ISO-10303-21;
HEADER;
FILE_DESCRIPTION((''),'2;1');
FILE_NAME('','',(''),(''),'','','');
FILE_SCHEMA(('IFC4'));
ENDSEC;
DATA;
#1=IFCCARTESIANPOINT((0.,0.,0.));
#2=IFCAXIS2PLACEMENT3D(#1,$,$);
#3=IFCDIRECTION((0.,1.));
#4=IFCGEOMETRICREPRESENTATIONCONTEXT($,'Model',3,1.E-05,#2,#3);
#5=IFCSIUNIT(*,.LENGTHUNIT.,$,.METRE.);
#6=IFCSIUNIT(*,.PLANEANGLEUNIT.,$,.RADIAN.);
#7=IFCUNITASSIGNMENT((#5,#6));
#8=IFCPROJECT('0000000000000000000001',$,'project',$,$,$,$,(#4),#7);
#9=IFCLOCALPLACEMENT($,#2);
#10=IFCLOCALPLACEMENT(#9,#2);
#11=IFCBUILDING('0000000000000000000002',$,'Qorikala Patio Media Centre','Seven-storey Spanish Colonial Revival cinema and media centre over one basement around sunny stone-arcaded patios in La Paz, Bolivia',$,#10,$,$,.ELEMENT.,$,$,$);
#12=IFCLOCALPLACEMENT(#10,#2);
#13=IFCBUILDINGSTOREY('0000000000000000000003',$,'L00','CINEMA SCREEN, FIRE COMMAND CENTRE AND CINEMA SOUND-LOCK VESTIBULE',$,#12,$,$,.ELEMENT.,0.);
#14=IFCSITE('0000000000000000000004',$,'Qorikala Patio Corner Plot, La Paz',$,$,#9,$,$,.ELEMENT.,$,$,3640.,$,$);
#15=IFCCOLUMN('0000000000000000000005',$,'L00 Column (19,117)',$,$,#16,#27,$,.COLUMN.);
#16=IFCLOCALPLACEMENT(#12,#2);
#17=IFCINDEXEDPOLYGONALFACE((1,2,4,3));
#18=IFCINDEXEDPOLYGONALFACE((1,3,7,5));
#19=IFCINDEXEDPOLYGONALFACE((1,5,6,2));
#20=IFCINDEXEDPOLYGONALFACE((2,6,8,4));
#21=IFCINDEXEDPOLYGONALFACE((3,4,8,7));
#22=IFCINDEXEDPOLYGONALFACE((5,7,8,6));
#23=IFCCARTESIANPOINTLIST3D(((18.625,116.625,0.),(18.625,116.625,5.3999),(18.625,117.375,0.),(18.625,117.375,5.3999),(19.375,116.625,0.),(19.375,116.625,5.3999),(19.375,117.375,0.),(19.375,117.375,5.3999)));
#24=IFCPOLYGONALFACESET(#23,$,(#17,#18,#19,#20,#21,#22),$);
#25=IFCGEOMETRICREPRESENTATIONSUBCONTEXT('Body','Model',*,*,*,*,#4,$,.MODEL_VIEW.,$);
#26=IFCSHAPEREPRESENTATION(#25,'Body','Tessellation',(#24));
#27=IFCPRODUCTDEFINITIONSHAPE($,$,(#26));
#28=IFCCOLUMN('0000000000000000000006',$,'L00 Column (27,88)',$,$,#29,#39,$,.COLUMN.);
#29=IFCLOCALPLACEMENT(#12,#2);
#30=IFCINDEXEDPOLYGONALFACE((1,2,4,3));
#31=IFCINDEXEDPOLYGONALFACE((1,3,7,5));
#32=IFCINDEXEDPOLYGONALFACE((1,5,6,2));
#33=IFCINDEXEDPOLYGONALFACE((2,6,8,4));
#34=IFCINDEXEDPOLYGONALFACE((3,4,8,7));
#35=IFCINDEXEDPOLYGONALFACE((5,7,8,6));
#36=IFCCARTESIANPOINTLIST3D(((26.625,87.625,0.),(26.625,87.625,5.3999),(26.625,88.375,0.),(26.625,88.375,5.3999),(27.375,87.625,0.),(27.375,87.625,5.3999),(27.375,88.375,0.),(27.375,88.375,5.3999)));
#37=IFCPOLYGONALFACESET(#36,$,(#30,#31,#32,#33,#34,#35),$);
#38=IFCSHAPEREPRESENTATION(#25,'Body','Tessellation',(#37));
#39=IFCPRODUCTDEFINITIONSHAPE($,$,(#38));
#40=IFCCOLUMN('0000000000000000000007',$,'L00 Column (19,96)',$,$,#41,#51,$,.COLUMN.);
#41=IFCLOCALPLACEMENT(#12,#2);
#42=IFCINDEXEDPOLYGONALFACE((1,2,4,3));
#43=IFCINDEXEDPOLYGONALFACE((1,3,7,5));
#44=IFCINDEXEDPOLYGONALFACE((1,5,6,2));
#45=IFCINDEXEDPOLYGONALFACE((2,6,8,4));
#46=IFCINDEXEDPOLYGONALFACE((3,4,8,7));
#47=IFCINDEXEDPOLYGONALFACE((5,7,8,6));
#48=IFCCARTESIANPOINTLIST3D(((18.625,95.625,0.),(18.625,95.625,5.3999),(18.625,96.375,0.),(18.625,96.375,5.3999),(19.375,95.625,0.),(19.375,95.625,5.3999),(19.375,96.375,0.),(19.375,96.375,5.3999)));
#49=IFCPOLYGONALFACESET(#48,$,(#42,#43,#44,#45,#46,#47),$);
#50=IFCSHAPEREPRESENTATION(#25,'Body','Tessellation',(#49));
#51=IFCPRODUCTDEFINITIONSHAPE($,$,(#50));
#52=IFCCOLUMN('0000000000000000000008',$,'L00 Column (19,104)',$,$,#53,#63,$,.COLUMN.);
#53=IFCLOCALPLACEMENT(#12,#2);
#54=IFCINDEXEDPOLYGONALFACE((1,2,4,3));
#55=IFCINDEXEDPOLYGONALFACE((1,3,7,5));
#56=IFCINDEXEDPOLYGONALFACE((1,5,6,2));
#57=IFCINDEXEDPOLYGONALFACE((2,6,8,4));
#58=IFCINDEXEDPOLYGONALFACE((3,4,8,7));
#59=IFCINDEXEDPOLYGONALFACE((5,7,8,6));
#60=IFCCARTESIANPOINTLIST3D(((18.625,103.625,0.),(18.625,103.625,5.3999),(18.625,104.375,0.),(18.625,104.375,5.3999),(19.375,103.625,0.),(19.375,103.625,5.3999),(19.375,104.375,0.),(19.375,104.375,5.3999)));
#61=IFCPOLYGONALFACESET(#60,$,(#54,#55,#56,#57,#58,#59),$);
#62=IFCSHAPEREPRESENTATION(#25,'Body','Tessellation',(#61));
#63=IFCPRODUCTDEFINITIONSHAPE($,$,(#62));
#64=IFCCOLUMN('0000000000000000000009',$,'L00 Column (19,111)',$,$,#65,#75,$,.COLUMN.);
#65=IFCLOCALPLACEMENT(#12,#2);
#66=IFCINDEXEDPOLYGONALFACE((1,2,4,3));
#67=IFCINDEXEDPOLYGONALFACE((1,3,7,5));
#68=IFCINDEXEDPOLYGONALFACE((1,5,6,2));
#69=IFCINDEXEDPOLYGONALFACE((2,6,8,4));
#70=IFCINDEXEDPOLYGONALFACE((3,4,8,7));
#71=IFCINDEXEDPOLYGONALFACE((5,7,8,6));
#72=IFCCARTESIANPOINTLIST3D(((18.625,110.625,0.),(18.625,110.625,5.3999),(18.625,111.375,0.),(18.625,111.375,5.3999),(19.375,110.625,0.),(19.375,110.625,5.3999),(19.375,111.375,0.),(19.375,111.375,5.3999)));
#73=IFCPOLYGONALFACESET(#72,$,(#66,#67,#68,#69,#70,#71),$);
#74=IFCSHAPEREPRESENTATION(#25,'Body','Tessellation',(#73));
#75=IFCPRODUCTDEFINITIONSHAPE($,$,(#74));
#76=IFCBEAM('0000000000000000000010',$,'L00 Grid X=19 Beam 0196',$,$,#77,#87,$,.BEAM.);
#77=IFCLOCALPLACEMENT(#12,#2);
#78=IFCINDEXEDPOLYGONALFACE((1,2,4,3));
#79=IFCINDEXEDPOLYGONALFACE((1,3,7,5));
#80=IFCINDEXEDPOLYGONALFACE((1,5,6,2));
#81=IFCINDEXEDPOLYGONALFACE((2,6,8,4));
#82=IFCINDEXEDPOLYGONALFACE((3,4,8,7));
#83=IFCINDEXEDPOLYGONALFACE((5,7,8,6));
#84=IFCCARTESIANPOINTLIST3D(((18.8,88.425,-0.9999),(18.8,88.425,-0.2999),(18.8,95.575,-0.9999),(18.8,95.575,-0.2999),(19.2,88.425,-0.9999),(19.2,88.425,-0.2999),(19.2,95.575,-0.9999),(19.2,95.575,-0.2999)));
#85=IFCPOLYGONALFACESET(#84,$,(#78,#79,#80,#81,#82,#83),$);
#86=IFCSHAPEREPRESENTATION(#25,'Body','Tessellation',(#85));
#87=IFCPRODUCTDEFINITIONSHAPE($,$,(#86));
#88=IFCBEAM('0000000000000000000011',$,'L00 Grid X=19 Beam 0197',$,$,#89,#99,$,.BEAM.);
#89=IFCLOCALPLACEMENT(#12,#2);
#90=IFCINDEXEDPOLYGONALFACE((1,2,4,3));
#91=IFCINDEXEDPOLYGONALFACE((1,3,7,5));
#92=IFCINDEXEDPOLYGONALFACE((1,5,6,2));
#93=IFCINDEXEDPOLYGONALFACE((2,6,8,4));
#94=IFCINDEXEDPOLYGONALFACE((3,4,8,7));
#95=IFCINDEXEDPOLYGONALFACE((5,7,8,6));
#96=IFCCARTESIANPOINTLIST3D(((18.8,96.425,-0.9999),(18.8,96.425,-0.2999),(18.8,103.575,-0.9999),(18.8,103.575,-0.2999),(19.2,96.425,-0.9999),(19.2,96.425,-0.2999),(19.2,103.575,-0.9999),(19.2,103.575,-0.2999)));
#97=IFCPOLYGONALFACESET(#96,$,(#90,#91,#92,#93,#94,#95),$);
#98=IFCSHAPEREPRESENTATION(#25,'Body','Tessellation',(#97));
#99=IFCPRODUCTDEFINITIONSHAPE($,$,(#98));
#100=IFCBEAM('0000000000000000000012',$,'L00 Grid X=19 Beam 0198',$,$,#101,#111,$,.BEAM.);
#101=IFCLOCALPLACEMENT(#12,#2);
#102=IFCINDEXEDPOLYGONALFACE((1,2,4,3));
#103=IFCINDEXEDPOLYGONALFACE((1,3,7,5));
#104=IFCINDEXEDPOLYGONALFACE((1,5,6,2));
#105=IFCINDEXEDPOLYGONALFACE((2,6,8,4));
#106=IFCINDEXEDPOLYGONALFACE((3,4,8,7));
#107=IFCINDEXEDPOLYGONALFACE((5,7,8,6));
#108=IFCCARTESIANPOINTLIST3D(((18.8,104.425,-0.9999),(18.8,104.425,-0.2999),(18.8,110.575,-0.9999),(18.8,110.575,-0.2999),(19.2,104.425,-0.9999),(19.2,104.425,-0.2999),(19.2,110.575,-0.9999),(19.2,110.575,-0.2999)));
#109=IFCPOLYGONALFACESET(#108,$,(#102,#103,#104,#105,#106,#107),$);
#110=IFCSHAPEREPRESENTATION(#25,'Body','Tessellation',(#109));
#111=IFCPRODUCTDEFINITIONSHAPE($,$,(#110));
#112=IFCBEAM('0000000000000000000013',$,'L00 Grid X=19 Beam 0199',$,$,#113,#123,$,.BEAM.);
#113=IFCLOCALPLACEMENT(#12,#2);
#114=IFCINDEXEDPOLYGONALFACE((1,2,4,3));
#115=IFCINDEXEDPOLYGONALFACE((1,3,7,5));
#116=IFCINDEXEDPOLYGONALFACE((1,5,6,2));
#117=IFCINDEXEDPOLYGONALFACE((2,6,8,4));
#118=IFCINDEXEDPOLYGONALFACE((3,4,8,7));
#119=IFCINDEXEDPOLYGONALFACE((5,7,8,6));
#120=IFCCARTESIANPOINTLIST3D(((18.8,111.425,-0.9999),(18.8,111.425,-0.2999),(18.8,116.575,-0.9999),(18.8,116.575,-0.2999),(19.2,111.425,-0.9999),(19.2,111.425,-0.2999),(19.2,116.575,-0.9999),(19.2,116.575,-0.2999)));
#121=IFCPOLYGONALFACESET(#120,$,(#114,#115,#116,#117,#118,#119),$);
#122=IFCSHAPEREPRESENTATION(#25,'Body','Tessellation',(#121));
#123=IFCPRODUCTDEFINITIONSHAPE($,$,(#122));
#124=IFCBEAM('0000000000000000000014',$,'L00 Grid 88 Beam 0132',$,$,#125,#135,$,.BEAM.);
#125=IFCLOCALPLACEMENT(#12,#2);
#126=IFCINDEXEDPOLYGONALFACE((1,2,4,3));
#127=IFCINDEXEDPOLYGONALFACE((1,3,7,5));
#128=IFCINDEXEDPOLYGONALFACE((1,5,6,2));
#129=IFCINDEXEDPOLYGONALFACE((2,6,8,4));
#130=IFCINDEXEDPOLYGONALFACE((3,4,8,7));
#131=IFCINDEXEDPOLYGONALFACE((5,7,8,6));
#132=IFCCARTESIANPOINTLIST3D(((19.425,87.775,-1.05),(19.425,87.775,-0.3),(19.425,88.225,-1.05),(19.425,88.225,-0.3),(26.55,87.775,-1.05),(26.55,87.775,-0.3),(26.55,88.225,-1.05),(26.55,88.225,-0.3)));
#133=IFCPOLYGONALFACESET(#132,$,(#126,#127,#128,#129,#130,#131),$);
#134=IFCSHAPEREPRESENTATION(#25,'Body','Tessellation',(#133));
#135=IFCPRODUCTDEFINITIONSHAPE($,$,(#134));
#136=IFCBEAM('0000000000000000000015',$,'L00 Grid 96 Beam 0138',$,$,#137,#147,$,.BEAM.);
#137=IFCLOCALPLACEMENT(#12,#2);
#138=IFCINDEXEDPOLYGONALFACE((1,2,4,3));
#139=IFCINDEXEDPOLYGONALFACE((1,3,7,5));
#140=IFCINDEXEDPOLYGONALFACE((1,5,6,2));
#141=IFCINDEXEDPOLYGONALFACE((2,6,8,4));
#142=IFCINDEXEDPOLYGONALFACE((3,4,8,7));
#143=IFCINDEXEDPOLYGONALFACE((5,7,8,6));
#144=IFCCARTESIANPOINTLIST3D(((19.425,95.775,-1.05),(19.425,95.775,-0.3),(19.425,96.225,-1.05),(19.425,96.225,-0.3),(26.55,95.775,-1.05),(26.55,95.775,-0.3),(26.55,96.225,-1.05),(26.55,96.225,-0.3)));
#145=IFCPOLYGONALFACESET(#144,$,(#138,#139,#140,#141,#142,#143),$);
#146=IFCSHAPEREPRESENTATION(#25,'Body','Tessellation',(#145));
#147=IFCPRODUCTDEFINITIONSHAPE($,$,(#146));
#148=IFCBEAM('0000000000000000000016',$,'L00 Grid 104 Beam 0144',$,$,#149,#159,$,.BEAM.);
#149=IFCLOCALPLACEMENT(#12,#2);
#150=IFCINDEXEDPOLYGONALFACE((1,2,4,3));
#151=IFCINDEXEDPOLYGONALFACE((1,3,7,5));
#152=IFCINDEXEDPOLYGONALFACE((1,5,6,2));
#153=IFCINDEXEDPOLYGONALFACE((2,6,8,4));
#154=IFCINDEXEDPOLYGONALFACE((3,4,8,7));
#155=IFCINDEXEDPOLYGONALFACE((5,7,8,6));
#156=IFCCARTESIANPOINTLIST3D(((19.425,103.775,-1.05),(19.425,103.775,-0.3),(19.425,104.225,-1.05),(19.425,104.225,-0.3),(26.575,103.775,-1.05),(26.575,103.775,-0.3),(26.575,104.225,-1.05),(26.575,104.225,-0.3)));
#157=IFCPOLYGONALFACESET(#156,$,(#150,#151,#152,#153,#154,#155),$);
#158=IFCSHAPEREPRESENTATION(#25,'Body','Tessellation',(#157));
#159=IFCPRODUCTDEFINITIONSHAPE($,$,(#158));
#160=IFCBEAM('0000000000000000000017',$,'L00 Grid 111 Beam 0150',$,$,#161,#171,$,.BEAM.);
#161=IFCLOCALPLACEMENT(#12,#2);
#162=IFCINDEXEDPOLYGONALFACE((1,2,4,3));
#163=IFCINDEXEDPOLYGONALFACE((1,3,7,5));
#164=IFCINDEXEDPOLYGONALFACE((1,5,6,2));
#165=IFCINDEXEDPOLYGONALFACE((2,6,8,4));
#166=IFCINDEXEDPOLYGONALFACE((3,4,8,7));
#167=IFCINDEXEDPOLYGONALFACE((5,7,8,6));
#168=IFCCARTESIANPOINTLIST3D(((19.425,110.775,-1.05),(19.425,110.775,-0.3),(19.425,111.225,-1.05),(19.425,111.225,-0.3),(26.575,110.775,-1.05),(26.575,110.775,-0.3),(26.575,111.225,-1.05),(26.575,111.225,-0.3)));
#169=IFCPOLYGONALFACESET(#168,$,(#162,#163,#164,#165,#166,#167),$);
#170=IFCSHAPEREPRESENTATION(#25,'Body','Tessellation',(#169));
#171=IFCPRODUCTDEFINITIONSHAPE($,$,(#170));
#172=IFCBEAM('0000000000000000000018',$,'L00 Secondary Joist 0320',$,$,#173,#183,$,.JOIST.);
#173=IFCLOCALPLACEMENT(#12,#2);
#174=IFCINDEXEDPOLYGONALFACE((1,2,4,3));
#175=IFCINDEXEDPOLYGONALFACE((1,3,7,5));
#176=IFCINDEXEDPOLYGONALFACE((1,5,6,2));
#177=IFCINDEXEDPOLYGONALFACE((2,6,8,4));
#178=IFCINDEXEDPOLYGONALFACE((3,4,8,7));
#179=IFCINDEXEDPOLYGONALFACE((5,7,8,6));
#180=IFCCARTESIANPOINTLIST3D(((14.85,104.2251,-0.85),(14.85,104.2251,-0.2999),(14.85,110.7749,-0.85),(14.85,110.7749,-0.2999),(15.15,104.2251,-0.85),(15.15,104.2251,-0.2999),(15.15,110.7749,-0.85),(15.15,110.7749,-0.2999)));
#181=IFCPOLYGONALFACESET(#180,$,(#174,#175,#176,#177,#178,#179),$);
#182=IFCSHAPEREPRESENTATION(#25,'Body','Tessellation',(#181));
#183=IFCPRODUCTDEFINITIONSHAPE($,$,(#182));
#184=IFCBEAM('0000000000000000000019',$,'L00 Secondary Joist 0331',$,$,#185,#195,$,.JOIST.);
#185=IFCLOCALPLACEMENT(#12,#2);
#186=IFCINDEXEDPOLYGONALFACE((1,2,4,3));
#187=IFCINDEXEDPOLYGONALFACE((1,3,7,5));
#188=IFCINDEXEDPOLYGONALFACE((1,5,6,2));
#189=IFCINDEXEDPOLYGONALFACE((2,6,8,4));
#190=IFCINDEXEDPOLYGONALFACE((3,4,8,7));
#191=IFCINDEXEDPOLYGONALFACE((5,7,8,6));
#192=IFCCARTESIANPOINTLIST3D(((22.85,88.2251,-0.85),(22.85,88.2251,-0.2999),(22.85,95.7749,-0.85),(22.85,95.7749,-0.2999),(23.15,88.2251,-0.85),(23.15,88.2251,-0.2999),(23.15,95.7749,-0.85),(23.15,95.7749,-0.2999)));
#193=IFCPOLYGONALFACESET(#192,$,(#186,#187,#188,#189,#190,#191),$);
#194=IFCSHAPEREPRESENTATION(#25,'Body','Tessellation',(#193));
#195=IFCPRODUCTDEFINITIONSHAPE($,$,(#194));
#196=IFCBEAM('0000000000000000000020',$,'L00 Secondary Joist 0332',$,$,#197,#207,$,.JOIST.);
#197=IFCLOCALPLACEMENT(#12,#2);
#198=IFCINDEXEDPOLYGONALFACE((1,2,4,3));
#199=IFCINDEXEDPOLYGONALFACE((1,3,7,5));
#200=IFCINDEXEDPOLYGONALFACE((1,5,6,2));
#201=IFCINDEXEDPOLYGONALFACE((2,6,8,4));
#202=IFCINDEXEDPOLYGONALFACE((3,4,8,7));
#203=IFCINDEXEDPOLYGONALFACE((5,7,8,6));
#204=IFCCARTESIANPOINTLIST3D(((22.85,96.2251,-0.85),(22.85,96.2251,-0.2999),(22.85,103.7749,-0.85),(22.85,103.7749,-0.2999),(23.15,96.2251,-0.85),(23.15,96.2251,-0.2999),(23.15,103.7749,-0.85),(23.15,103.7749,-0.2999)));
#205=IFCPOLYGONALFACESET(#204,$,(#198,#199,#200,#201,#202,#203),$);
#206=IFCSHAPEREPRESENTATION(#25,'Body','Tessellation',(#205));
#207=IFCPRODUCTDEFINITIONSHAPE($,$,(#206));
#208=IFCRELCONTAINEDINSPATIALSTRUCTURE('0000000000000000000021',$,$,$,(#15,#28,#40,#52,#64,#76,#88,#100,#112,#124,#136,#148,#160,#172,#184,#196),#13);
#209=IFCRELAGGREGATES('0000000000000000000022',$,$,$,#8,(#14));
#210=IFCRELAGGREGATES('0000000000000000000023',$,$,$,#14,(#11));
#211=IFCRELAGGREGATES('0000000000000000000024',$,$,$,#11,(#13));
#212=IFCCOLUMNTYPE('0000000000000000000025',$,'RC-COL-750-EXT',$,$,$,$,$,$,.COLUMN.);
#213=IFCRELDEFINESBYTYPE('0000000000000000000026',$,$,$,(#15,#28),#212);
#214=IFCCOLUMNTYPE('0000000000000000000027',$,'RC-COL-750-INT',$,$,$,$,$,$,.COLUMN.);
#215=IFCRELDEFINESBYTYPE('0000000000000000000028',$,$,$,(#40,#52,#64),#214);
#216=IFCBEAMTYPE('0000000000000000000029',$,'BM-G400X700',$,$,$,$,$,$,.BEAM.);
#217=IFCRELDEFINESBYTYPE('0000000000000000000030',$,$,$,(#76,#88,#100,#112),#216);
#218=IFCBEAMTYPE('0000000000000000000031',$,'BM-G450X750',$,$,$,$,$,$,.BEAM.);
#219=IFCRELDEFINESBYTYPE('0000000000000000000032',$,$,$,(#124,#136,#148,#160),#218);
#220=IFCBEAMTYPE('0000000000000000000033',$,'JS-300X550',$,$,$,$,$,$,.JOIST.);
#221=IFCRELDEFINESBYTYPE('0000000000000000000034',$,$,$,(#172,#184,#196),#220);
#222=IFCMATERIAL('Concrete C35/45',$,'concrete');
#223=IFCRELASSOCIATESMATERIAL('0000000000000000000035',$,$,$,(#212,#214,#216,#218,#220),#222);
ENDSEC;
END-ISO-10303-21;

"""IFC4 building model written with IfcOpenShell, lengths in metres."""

from ifc_helpers import new_model, si_unit, direction, frame, origin, origin_2d, place, context, subcontext, project, spatial, rectangle, extrude, material, material_profile, profile_set, type_object, element, save


model = new_model("IFC4")

# Units and contexts
model_context = context("Model", 3, precision=1e-05, world=origin(), true_north=direction((0.0, 1.0)))
body_context = subcontext(model_context, "Body", "Model", "MODEL_VIEW")
ifc_project = project(units=[si_unit("LENGTHUNIT", "METRE"), si_unit("PLANEANGLEUNIT", "RADIAN")], contexts=[model_context])

# Site, building, storey
site_placement = place(None, origin())
site = spatial("IfcSite", under=ifc_project, at=site_placement, Name="Qorikala Patio Corner Plot, La Paz", CompositionType="ELEMENT", RefElevation=3640.0)
building_placement = place(site_placement, origin())
building = spatial("IfcBuilding", under=site, at=building_placement, Name="Qorikala Patio Media Centre", Description="Seven-storey Spanish Colonial Revival cinema and media centre over one basement around sunny stone-arcaded patios in La Paz, Bolivia", CompositionType="ELEMENT")
storey_placement = place(building_placement, origin())
storey = spatial("IfcBuildingStorey", under=building, at=storey_placement, Name="L00", Description="CINEMA SCREEN, FIRE COMMAND CENTRE AND CINEMA SOUND-LOCK VESTIBULE", CompositionType="ELEMENT", Elevation=0.0)

# Columns
ifc_material_1 = material(Name="Concrete C35/45", Category="concrete")
ifc_material_profile_1 = material_profile(ifc_material_1, rectangle(XDim=0.75, YDim=0.75, at=origin_2d()), Name="RC 750x750")
ifc_profile_set_1 = profile_set([ifc_material_profile_1], Name="Concrete C35/45")
column_type_1 = type_object("IfcColumnType", Name="RC-COL-750-EXT", PredefinedType="COLUMN", material=ifc_profile_set_1)
for number, where, z_axis, x_axis, name in (
    (1, (19.0, 117.0, 0.0), (0.0, 0.0, 1.0), (1.0, 0.0, 0.0), "L00 Column (19,117)"),
    (2, (27.0, 88.0, 0.0), (0.0, 0.0, 1.0), (1.0, 0.0, 0.0), "L00 Column (27,88)"),
):
    element("IfcColumn", number, at=place(storey_placement, frame(where, z_axis=z_axis, x_axis=x_axis)), inside=storey, type_object=column_type_1, Name=name, PredefinedType="COLUMN", context=body_context, shape_type="SweptSolid", body=[
        extrude(rectangle(XDim=0.75, YDim=0.75, at=origin_2d()), origin(), (0.0, 0.0, 1.0), 5.3999),
    ])
ifc_material_profile_2 = material_profile(ifc_material_1, rectangle(XDim=0.75, YDim=0.75, at=origin_2d()), Name="RC 750x750")
ifc_profile_set_2 = profile_set([ifc_material_profile_2], Name="Concrete C35/45")
column_type_2 = type_object("IfcColumnType", Name="RC-COL-750-INT", PredefinedType="COLUMN", material=ifc_profile_set_2)
for number, where, z_axis, x_axis, name in (
    (3, (19.0, 96.0, 0.0), (0.0, 0.0, 1.0), (1.0, 0.0, 0.0), "L00 Column (19,96)"),
    (4, (19.0, 104.0, 0.0), (0.0, 0.0, 1.0), (1.0, 0.0, 0.0), "L00 Column (19,104)"),
    (5, (19.0, 111.0, 0.0), (0.0, 0.0, 1.0), (1.0, 0.0, 0.0), "L00 Column (19,111)"),
):
    element("IfcColumn", number, at=place(storey_placement, frame(where, z_axis=z_axis, x_axis=x_axis)), inside=storey, type_object=column_type_2, Name=name, PredefinedType="COLUMN", context=body_context, shape_type="SweptSolid", body=[
        extrude(rectangle(XDim=0.75, YDim=0.75, at=origin_2d()), origin(), (0.0, 0.0, 1.0), 5.3999),
    ])

# Beams
ifc_material_profile_3 = material_profile(ifc_material_1, rectangle(XDim=0.3999, YDim=0.7, at=origin_2d()), Name="RC 400x700")
ifc_profile_set_3 = profile_set([ifc_material_profile_3], Name="Concrete C35/45")
beam_type_1 = type_object("IfcBeamType", Name="BM-G400X700", PredefinedType="BEAM", material=ifc_profile_set_3)
for number, where, z_axis, x_axis, name in (
    (6, (19.0, 88.425, -0.6499), (0.0, 1.0, 0.0), (-1.0, 0.0, 0.0), "L00 Grid X=19 Beam 0196"),
    (7, (19.0, 96.425, -0.6499), (0.0, 1.0, 0.0), (-1.0, 0.0, 0.0), "L00 Grid X=19 Beam 0197"),
):
    element("IfcBeam", number, at=place(storey_placement, frame(where, z_axis=z_axis, x_axis=x_axis)), inside=storey, type_object=beam_type_1, Name=name, PredefinedType="BEAM", context=body_context, shape_type="SweptSolid", body=[
        extrude(rectangle(XDim=0.3999, YDim=0.7, at=origin_2d()), origin(), (0.0, 0.0, 1.0), 7.1499),
    ])
beam_1_placement = place(storey_placement, frame((19.0, 104.425, -0.6499), z_axis=(0.0, 1.0, 0.0), x_axis=(-1.0, 0.0, 0.0)))
element("IfcBeam", 8, at=beam_1_placement, inside=storey, type_object=beam_type_1, Name="L00 Grid X=19 Beam 0198", PredefinedType="BEAM", context=body_context, shape_type="SweptSolid", body=[
    extrude(rectangle(XDim=0.3999, YDim=0.7, at=origin_2d()), origin(), (0.0, 0.0, 1.0), 6.1499),
])
beam_2_placement = place(storey_placement, frame((19.0, 111.425, -0.6499), z_axis=(0.0, 1.0, 0.0), x_axis=(-1.0, 0.0, 0.0)))
element("IfcBeam", 9, at=beam_2_placement, inside=storey, type_object=beam_type_1, Name="L00 Grid X=19 Beam 0199", PredefinedType="BEAM", context=body_context, shape_type="SweptSolid", body=[
    extrude(rectangle(XDim=0.3999, YDim=0.7, at=origin_2d()), origin(), (0.0, 0.0, 1.0), 5.1499),
])
ifc_material_profile_4 = material_profile(ifc_material_1, rectangle(XDim=0.45, YDim=0.75, at=origin_2d()), Name="RC 450x750")
ifc_profile_set_4 = profile_set([ifc_material_profile_4], Name="Concrete C35/45")
beam_type_2 = type_object("IfcBeamType", Name="BM-G450X750", PredefinedType="BEAM", material=ifc_profile_set_4)
for number, where, z_axis, x_axis, name in (
    (10, (19.425, 88.0, -0.675), (1.0, 0.0, 0.0), (0.0, 1.0, 0.0), "L00 Grid 88 Beam 0132"),
    (11, (19.425, 96.0, -0.675), (1.0, 0.0, 0.0), (0.0, 1.0, 0.0), "L00 Grid 96 Beam 0138"),
):
    element("IfcBeam", number, at=place(storey_placement, frame(where, z_axis=z_axis, x_axis=x_axis)), inside=storey, type_object=beam_type_2, Name=name, PredefinedType="BEAM", context=body_context, shape_type="SweptSolid", body=[
        extrude(rectangle(XDim=0.45, YDim=0.75, at=origin_2d()), origin(), (0.0, 0.0, 1.0), 7.125),
    ])
for number, where, z_axis, x_axis, name in (
    (12, (19.425, 104.0, -0.675), (1.0, 0.0, 0.0), (0.0, 1.0, 0.0), "L00 Grid 104 Beam 0144"),
    (13, (19.425, 111.0, -0.675), (1.0, 0.0, 0.0), (0.0, 1.0, 0.0), "L00 Grid 111 Beam 0150"),
):
    element("IfcBeam", number, at=place(storey_placement, frame(where, z_axis=z_axis, x_axis=x_axis)), inside=storey, type_object=beam_type_2, Name=name, PredefinedType="BEAM", context=body_context, shape_type="SweptSolid", body=[
        extrude(rectangle(XDim=0.45, YDim=0.75, at=origin_2d()), origin(), (0.0, 0.0, 1.0), 7.1499),
    ])
ifc_material_profile_5 = material_profile(ifc_material_1, rectangle(XDim=0.3, YDim=0.55, at=origin_2d()), Name="RC 300x550")
ifc_profile_set_5 = profile_set([ifc_material_profile_5], Name="Concrete C35/45")
beam_type_3 = type_object("IfcBeamType", Name="JS-300X550", PredefinedType="JOIST", material=ifc_profile_set_5)
beam_3_placement = place(storey_placement, frame((15.0, 104.2251, -0.575), z_axis=(0.0, 1.0, 0.0), x_axis=(-1.0, 0.0, 0.0)))
element("IfcBeam", 14, at=beam_3_placement, inside=storey, type_object=beam_type_3, Name="L00 Secondary Joist 0320", PredefinedType="JOIST", context=body_context, shape_type="SweptSolid", body=[
    extrude(rectangle(XDim=0.3, YDim=0.55, at=origin_2d()), origin(), (0.0, 0.0, 1.0), 6.5498),
])
for number, where, z_axis, x_axis, name in (
    (15, (23.0, 88.2251, -0.575), (0.0, 1.0, 0.0), (-1.0, 0.0, 0.0), "L00 Secondary Joist 0331"),
    (16, (23.0, 96.2251, -0.575), (0.0, 1.0, 0.0), (-1.0, 0.0, 0.0), "L00 Secondary Joist 0332"),
):
    element("IfcBeam", number, at=place(storey_placement, frame(where, z_axis=z_axis, x_axis=x_axis)), inside=storey, type_object=beam_type_3, Name=name, PredefinedType="JOIST", context=body_context, shape_type="SweptSolid", body=[
        extrude(rectangle(XDim=0.3, YDim=0.55, at=origin_2d()), origin(), (0.0, 0.0, 1.0), 7.5498),
    ])

save(model, "model.ifc")
